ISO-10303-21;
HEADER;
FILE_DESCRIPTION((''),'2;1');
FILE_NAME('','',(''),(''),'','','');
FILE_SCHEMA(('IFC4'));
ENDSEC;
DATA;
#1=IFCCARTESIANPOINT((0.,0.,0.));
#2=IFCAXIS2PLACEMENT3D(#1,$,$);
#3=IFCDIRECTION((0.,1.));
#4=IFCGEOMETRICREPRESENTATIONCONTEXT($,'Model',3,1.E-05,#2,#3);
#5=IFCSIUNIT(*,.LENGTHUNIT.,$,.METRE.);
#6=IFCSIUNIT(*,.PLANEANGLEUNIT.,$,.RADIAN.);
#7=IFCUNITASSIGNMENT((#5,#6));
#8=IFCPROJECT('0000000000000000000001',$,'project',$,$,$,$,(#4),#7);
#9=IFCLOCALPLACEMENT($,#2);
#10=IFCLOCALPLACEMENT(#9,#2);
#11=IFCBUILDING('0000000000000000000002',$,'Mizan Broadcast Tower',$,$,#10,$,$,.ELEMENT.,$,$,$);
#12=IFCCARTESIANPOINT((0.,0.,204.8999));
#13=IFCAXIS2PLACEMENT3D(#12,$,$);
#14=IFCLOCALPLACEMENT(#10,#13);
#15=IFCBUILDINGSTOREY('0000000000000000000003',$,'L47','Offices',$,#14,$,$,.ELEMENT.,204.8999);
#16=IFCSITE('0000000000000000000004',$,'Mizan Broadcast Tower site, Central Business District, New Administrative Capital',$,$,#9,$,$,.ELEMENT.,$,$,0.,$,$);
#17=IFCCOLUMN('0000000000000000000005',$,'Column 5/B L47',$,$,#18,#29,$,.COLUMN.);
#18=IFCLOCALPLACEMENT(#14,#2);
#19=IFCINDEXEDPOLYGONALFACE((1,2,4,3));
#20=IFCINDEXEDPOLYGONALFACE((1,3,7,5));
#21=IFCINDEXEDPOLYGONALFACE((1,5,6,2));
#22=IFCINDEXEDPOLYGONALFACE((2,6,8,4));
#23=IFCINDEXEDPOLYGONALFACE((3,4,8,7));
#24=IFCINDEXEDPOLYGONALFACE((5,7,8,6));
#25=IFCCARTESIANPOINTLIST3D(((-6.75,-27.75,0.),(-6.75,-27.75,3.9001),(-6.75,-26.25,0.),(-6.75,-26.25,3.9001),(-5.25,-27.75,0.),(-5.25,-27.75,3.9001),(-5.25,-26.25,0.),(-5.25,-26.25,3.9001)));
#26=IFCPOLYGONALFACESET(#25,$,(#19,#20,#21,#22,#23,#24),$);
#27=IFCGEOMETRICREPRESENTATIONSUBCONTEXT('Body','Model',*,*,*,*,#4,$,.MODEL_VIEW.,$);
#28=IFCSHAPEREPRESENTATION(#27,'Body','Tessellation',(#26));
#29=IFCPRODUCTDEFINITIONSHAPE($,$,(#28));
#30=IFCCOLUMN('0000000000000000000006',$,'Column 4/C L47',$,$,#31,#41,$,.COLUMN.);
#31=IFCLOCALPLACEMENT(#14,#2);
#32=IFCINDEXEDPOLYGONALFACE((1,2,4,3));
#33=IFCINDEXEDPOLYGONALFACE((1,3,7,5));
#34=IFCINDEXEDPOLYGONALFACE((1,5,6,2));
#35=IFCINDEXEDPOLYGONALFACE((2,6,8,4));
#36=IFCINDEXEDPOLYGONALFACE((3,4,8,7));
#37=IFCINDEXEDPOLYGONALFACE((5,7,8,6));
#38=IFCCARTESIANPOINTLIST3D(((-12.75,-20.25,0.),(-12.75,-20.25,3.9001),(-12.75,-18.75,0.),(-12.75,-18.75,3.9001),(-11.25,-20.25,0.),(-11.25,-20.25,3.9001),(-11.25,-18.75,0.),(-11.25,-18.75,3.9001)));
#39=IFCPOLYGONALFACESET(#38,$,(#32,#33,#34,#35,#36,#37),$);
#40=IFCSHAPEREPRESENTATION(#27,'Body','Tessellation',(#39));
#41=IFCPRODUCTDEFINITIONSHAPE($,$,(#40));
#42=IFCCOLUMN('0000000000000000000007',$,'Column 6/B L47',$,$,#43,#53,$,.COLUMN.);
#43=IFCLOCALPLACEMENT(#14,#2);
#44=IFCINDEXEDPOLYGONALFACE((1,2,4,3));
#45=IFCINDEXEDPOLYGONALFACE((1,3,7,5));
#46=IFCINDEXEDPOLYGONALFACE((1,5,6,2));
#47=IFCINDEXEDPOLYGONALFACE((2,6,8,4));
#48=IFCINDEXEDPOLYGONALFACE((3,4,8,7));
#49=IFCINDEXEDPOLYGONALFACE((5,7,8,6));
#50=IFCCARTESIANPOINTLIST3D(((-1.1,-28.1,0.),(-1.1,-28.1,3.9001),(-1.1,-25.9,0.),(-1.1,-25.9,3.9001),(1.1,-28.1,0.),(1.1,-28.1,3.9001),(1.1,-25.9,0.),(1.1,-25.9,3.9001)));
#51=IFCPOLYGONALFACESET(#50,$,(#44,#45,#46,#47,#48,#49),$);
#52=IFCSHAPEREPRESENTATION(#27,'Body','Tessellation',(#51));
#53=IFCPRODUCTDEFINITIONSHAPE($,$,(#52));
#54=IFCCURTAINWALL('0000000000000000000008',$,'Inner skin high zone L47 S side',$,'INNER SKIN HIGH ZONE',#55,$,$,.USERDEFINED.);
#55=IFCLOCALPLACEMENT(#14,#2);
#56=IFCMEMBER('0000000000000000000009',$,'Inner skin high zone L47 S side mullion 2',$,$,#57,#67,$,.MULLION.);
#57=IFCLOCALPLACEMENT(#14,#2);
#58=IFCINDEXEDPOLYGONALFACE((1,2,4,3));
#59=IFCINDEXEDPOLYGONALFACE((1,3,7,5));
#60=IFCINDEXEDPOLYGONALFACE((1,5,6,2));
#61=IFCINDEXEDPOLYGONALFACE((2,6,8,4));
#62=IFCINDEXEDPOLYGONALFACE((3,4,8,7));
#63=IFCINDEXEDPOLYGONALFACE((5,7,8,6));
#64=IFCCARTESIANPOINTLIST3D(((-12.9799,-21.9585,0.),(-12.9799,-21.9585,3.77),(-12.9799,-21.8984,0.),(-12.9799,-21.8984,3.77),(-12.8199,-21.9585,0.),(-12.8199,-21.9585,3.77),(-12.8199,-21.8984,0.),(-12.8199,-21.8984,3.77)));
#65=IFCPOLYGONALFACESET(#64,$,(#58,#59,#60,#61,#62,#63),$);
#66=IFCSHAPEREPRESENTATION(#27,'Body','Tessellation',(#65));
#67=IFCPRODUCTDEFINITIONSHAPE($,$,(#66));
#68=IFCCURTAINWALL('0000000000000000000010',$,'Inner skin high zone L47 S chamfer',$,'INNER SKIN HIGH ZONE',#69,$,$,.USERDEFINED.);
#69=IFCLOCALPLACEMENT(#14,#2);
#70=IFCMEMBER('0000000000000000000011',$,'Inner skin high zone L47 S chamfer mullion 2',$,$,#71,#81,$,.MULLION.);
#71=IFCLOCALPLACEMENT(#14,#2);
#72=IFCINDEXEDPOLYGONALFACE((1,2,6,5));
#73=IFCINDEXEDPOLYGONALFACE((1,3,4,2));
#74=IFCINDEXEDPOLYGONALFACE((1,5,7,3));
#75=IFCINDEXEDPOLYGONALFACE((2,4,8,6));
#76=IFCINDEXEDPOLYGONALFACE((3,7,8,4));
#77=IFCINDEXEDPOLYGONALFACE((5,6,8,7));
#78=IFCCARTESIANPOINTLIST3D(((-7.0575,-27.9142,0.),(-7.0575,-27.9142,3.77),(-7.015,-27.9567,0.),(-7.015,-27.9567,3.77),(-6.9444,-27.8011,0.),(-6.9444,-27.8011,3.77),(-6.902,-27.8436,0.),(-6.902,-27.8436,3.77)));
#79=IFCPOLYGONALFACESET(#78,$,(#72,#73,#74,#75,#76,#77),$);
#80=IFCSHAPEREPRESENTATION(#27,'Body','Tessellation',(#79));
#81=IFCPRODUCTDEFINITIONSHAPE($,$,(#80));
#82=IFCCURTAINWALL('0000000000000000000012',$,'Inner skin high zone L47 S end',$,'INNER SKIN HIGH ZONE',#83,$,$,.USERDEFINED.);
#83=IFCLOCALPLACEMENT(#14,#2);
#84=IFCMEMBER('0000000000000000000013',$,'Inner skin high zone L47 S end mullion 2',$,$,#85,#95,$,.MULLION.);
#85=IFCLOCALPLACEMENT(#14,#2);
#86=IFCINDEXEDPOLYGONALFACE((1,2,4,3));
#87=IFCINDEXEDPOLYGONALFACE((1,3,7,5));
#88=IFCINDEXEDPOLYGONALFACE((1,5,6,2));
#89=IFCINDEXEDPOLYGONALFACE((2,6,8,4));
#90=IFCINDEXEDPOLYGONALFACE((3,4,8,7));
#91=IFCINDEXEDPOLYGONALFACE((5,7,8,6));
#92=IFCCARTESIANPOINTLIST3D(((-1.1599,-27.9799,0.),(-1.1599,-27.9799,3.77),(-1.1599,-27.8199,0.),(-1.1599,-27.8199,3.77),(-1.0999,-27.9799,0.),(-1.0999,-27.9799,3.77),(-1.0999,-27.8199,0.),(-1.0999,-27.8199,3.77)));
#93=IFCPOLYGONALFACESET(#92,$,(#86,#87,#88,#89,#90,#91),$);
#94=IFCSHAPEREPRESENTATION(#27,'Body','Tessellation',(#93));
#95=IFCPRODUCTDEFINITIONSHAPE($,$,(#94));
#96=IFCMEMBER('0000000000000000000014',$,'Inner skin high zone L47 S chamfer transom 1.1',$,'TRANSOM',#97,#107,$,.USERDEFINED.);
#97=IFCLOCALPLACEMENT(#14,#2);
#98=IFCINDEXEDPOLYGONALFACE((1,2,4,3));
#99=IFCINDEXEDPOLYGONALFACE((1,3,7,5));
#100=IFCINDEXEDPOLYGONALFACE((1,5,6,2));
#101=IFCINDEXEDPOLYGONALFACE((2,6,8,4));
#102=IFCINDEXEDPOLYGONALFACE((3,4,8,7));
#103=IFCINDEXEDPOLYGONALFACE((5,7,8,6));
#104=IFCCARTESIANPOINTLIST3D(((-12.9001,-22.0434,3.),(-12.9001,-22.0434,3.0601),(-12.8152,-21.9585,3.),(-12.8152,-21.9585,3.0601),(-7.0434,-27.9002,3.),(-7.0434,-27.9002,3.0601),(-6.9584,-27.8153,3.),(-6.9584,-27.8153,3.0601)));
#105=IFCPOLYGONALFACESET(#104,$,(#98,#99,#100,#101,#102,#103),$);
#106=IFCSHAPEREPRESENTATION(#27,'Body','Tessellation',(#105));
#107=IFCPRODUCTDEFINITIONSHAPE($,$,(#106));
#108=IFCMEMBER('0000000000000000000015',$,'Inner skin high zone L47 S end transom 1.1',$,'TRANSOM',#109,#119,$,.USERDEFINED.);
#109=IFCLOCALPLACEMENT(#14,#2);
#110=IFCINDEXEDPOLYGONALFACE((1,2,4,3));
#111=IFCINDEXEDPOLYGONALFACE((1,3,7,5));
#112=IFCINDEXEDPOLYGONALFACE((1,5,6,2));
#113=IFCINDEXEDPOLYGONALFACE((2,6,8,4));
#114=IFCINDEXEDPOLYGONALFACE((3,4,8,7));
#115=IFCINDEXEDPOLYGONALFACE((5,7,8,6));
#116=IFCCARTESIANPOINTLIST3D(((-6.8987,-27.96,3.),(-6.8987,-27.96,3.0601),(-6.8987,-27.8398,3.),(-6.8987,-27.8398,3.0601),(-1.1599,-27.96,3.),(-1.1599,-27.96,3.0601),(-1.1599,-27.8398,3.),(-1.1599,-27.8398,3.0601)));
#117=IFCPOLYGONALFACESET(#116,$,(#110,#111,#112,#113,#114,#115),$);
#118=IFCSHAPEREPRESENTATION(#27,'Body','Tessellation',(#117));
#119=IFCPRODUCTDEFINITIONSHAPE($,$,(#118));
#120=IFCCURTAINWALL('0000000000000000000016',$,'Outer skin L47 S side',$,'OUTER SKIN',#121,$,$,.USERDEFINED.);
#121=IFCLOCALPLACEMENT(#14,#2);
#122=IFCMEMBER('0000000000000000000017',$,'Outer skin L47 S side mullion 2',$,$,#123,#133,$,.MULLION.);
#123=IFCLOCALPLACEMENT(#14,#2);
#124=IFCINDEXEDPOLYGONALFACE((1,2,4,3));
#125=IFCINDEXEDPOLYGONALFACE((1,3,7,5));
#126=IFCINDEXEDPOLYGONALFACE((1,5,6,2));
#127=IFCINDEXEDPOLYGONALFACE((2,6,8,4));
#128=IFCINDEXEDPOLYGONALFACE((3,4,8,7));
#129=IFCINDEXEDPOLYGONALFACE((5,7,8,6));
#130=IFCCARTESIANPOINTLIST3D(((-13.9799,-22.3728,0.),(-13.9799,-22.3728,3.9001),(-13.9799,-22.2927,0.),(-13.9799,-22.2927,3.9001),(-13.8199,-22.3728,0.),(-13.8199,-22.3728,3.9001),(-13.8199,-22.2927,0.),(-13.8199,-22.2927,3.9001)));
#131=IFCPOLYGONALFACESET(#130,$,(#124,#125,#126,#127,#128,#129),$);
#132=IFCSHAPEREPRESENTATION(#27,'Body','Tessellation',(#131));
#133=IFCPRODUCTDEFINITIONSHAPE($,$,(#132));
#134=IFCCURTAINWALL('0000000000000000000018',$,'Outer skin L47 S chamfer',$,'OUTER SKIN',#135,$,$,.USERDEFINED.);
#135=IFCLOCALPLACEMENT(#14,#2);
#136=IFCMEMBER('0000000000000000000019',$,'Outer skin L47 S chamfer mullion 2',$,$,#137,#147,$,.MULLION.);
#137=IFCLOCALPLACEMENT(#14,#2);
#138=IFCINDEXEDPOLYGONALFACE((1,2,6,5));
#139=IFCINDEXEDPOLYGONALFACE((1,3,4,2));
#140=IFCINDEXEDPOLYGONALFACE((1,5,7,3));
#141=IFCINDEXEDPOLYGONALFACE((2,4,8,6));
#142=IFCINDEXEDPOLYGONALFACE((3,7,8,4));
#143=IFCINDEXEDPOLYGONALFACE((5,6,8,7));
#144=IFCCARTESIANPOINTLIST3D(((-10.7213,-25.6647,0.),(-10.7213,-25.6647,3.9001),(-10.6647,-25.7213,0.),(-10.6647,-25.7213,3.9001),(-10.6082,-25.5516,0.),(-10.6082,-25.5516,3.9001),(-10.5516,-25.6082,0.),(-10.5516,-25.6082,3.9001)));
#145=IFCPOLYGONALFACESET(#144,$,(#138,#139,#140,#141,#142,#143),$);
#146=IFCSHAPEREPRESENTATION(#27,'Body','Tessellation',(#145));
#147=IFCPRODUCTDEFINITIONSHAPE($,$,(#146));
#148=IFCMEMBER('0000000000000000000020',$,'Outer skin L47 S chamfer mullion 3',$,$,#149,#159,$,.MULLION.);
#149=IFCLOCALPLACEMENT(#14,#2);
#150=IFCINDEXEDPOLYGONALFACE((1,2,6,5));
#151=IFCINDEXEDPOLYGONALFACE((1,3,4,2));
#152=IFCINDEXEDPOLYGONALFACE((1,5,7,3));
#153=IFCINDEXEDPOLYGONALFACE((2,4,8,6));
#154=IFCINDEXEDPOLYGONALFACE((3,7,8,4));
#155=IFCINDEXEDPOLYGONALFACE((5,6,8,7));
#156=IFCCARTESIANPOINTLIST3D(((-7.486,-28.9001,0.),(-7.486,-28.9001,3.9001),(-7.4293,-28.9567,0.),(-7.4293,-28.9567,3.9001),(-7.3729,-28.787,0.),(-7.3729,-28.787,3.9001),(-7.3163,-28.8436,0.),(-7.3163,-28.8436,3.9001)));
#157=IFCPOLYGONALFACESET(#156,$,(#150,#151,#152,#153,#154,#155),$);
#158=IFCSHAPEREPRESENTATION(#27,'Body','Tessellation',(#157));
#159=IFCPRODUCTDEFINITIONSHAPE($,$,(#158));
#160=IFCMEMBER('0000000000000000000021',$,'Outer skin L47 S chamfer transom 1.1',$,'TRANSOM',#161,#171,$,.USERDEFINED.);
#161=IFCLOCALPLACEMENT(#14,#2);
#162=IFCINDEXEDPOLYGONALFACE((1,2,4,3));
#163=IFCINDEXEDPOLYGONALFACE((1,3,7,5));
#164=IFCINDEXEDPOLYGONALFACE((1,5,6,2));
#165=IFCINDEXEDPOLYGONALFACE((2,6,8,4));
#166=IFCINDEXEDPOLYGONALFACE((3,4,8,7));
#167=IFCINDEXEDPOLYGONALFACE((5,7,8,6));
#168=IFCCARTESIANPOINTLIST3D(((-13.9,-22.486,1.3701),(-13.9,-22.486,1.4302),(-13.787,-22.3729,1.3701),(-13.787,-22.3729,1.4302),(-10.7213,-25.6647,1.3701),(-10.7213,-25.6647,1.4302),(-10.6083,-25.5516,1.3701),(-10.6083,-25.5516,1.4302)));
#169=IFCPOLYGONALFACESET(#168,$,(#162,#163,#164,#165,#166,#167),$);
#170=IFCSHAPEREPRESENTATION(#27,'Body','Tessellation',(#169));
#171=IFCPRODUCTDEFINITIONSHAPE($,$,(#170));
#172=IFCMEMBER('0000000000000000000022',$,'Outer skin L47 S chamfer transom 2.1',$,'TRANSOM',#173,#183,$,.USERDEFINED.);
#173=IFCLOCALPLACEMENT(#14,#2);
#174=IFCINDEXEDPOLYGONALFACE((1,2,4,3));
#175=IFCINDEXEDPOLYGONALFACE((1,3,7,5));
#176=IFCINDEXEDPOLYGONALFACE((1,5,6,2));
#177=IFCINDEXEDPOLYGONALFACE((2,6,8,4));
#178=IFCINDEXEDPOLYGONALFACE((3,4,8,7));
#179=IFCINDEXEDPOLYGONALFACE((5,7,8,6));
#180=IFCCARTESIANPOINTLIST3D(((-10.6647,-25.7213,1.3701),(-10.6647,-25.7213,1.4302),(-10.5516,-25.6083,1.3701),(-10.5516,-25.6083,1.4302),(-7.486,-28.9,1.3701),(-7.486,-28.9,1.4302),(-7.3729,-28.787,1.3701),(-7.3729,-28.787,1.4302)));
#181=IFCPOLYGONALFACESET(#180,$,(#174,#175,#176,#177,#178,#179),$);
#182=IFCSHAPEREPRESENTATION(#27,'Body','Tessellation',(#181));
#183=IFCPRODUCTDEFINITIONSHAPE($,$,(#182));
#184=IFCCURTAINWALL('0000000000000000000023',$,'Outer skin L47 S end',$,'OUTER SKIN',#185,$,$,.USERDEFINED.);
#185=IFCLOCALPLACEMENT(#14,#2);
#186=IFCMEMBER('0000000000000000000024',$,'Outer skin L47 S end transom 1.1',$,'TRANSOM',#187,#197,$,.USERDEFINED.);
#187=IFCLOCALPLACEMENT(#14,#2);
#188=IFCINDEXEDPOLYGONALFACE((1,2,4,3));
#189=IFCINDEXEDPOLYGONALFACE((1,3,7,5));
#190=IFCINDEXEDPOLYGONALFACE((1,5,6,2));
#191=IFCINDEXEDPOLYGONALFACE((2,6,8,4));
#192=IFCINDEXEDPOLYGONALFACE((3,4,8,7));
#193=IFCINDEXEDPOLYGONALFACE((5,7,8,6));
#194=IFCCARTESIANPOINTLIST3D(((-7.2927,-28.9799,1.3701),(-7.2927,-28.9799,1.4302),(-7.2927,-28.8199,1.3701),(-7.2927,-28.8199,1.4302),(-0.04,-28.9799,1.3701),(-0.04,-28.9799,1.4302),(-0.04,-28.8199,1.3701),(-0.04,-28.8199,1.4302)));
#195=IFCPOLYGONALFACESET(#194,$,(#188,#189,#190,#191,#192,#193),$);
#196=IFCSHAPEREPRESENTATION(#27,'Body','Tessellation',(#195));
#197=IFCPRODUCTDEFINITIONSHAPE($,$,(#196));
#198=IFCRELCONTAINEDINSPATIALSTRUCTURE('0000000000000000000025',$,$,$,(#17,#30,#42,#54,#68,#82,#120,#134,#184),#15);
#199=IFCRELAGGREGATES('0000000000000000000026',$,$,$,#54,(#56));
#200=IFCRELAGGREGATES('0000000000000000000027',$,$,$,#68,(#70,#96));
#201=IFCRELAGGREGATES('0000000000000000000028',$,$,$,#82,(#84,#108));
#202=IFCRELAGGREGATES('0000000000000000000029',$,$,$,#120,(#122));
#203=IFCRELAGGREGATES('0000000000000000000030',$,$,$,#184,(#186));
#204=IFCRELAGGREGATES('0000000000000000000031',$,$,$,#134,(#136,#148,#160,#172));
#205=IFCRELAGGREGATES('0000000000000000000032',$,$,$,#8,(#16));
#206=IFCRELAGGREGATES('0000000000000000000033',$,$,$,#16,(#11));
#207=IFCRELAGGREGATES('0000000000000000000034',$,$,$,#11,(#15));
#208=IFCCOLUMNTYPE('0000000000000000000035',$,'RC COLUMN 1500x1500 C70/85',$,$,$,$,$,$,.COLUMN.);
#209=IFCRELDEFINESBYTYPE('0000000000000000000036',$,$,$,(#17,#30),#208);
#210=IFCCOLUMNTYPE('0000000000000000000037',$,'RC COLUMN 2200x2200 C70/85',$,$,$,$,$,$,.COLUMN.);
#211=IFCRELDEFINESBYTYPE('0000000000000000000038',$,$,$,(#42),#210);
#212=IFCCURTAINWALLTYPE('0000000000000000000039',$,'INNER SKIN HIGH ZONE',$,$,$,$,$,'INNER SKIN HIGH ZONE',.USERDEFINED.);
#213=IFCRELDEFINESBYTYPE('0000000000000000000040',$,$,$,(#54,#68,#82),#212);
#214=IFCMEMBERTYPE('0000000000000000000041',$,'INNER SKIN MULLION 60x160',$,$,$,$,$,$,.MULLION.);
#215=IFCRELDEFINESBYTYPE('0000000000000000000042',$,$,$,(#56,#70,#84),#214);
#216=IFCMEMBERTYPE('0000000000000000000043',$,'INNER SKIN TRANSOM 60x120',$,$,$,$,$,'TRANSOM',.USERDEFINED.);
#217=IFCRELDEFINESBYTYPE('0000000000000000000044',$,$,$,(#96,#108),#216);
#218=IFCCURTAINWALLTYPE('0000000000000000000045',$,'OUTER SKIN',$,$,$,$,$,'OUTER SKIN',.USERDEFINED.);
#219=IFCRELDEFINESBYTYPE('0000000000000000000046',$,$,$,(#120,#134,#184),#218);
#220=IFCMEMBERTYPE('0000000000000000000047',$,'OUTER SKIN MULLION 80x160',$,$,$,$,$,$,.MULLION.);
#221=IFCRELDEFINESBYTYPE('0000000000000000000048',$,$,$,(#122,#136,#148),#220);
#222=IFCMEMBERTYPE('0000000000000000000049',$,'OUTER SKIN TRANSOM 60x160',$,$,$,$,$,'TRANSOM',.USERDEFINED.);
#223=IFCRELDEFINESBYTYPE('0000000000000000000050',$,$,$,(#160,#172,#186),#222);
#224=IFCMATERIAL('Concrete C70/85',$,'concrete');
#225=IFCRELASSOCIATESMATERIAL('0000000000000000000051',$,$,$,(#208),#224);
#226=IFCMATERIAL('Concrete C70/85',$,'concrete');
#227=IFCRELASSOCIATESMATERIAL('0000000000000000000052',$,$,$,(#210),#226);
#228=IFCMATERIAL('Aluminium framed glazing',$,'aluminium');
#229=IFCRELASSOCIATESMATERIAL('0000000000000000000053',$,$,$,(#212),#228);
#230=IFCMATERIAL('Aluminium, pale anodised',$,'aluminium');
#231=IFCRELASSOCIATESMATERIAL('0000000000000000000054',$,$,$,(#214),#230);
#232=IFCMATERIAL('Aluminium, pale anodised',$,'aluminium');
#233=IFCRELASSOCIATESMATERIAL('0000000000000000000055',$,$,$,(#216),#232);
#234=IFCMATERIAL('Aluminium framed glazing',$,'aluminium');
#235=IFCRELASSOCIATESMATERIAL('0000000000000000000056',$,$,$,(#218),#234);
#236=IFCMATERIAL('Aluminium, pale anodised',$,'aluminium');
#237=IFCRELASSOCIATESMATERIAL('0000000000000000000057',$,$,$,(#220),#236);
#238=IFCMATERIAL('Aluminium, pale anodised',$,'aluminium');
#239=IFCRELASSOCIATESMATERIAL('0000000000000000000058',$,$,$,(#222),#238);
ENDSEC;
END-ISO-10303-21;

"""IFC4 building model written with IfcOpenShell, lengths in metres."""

from ifc_helpers import new_model, si_unit, direction, frame, origin, origin_2d, place, context, subcontext, project, spatial, rectangle, extrude, material, material_profile, profile_set, type_object, element, aggregate, save


model = new_model("IFC4")

# Units and contexts
model_context = context("Model", 3, precision=1e-05, world=origin(), true_north=direction((0.0, 1.0)))
body_context = subcontext(model_context, "Body", "Model", "MODEL_VIEW")
ifc_project = project(units=[si_unit("LENGTHUNIT", "METRE"), si_unit("PLANEANGLEUNIT", "RADIAN")], contexts=[model_context])

# Site, building, storey
site_placement = place(None, origin())
site = spatial("IfcSite", under=ifc_project, at=site_placement, Name="Mizan Broadcast Tower site, Central Business District, New Administrative Capital", CompositionType="ELEMENT", RefElevation=0.0)
building_placement = place(site_placement, origin())
building = spatial("IfcBuilding", under=site, at=building_placement, Name="Mizan Broadcast Tower", CompositionType="ELEMENT")
storey_placement = place(building_placement, frame((0.0, 0.0, 204.8999)))
storey = spatial("IfcBuildingStorey", under=building, at=storey_placement, Name="L47", Description="Offices", CompositionType="ELEMENT", Elevation=204.8999)

# Columns
ifc_material_1 = material(Name="Concrete C70/85", Category="concrete")
ifc_material_profile_1 = material_profile(ifc_material_1, rectangle(XDim=1.5, YDim=1.5, at=origin_2d()), Name="RC 1500x1500")
ifc_profile_set_1 = profile_set([ifc_material_profile_1], Name="Concrete C70/85")
column_type_1 = type_object("IfcColumnType", Name="RC COLUMN 1500x1500 C70/85", PredefinedType="COLUMN", material=ifc_profile_set_1)
for number, where, z_axis, x_axis, name in (
    (1, (-6.0, -27.0, 0.0), (0.0, 0.0, 1.0), (1.0, 0.0, 0.0), "Column 5/B L47"),
    (2, (-12.0, -19.5, 0.0), (0.0, 0.0, 1.0), (1.0, 0.0, 0.0), "Column 4/C L47"),
):
    element("IfcColumn", number, at=place(storey_placement, frame(where, z_axis=z_axis, x_axis=x_axis)), inside=storey, type_object=column_type_1, Name=name, PredefinedType="COLUMN", context=body_context, shape_type="SweptSolid", body=[
        extrude(rectangle(XDim=1.5, YDim=1.5, at=origin_2d()), origin(), (0.0, 0.0, 1.0), 3.9001),
    ])
ifc_material_2 = material(Name="Concrete C70/85", Category="concrete")
ifc_material_profile_2 = material_profile(ifc_material_2, rectangle(XDim=2.2, YDim=2.2, at=origin_2d()), Name="RC 2200x2200")
ifc_profile_set_2 = profile_set([ifc_material_profile_2], Name="Concrete C70/85")
column_type_2 = type_object("IfcColumnType", Name="RC COLUMN 2200x2200 C70/85", PredefinedType="COLUMN", material=ifc_profile_set_2)
column_placement = place(storey_placement, frame((0.0, -27.0, 0.0), z_axis=(0.0, 0.0, 1.0), x_axis=(1.0, 0.0, 0.0)))
element("IfcColumn", 3, at=column_placement, inside=storey, type_object=column_type_2, Name="Column 6/B L47", PredefinedType="COLUMN", context=body_context, shape_type="SweptSolid", body=[
    extrude(rectangle(XDim=2.2, YDim=2.2, at=origin_2d()), origin(), (0.0, 0.0, 1.0), 3.9001),
])

# Curtain walls, members
ifc_material_3 = material(Name="Aluminium framed glazing", Category="aluminium")
curtain_wall_type_1 = type_object("IfcCurtainWallType", Name="INNER SKIN HIGH ZONE", ElementType="INNER SKIN HIGH ZONE", PredefinedType="USERDEFINED", material=ifc_material_3)
curtain_wall_1_placement = place(storey_placement, origin())
curtain_wall_1 = element("IfcCurtainWall", 4, at=curtain_wall_1_placement, inside=storey, type_object=curtain_wall_type_1, Name="Inner skin high zone L47 S side", ObjectType="INNER SKIN HIGH ZONE", PredefinedType="USERDEFINED")
ifc_material_4 = material(Name="Aluminium, pale anodised", Category="aluminium")
ifc_material_profile_3 = material_profile(ifc_material_4, rectangle(XDim=0.1599, YDim=0.0601, at=origin_2d()), Name="MULLION 160x60")
ifc_profile_set_3 = profile_set([ifc_material_profile_3], Name="Aluminium, pale anodised")
member_type_1 = type_object("IfcMemberType", Name="INNER SKIN MULLION 60x160", PredefinedType="MULLION", material=ifc_profile_set_3)
member_1_placement = place(storey_placement, frame((-12.8999, -21.9285, 0.0), z_axis=(0.0, 0.0, 1.0), x_axis=(1.0, 0.0, 0.0)))
member_1 = element("IfcMember", 5, at=member_1_placement, type_object=member_type_1, Name="Inner skin high zone L47 S side mullion 2", PredefinedType="MULLION", context=body_context, shape_type="SweptSolid", body=[
    extrude(rectangle(XDim=0.1599, YDim=0.0601, at=origin_2d()), origin(), (0.0, 0.0, 1.0), 3.77),
])
curtain_wall_2_placement = place(storey_placement, origin())
curtain_wall_2 = element("IfcCurtainWall", 6, at=curtain_wall_2_placement, inside=storey, type_object=curtain_wall_type_1, Name="Inner skin high zone L47 S chamfer", ObjectType="INNER SKIN HIGH ZONE", PredefinedType="USERDEFINED")
member_2_placement = place(storey_placement, frame((-6.9797, -27.8789, 0.0), z_axis=(0.0, 0.0, 1.0), x_axis=(0.707107, 0.707107, 0.0)))
member_2 = element("IfcMember", 7, at=member_2_placement, type_object=member_type_1, Name="Inner skin high zone L47 S chamfer mullion 2", PredefinedType="MULLION", context=body_context, shape_type="SweptSolid", body=[
    extrude(rectangle(XDim=0.1599, YDim=0.0601, at=origin_2d()), origin(), (0.0, 0.0, 1.0), 3.77),
])
curtain_wall_3_placement = place(storey_placement, origin())
curtain_wall_3 = element("IfcCurtainWall", 8, at=curtain_wall_3_placement, inside=storey, type_object=curtain_wall_type_1, Name="Inner skin high zone L47 S end", ObjectType="INNER SKIN HIGH ZONE", PredefinedType="USERDEFINED")
member_3_placement = place(storey_placement, frame((-1.1299, -27.8999, 0.0), z_axis=(0.0, 0.0, 1.0), x_axis=(0.0, 1.0, 0.0)))
member_3 = element("IfcMember", 9, at=member_3_placement, type_object=member_type_1, Name="Inner skin high zone L47 S end mullion 2", PredefinedType="MULLION", context=body_context, shape_type="SweptSolid", body=[
    extrude(rectangle(XDim=0.1599, YDim=0.0601, at=origin_2d()), origin(), (0.0, 0.0, 1.0), 3.77),
])

# Members
ifc_material_5 = material(Name="Aluminium, pale anodised", Category="aluminium")
ifc_material_profile_4 = material_profile(ifc_material_5, rectangle(XDim=0.1201, YDim=0.0601, at=origin_2d()), Name="TRANSOM 120x60")
ifc_profile_set_4 = profile_set([ifc_material_profile_4], Name="Aluminium, pale anodised")
member_type_2 = type_object("IfcMemberType", Name="INNER SKIN TRANSOM 60x120", ElementType="TRANSOM", PredefinedType="USERDEFINED", material=ifc_profile_set_4)
member_4_placement = place(storey_placement, frame((-12.8577, -22.001, 3.03), z_axis=(0.707107, -0.707107, 0.0), x_axis=(0.707107, 0.707107, 0.0)))
member_4 = element("IfcMember", 10, at=member_4_placement, type_object=member_type_2, Name="Inner skin high zone L47 S chamfer transom 1.1", ObjectType="TRANSOM", PredefinedType="USERDEFINED", context=body_context, shape_type="SweptSolid", body=[
    extrude(rectangle(XDim=0.1201, YDim=0.0601, at=origin_2d()), origin(), (0.0, 0.0, 1.0), 8.2827),
])
member_5_placement = place(storey_placement, frame((-6.8987, -27.8999, 3.03), z_axis=(1.0, 0.0, 0.0), x_axis=(0.0, 1.0, 0.0)))
member_5 = element("IfcMember", 11, at=member_5_placement, type_object=member_type_2, Name="Inner skin high zone L47 S end transom 1.1", ObjectType="TRANSOM", PredefinedType="USERDEFINED", context=body_context, shape_type="SweptSolid", body=[
    extrude(rectangle(XDim=0.1201, YDim=0.0601, at=origin_2d()), origin(), (0.0, 0.0, 1.0), 5.7388),
])

# Curtain wall, member
ifc_material_6 = material(Name="Aluminium framed glazing", Category="aluminium")
curtain_wall_type_2 = type_object("IfcCurtainWallType", Name="OUTER SKIN", ElementType="OUTER SKIN", PredefinedType="USERDEFINED", material=ifc_material_6)
curtain_wall_4_placement = place(storey_placement, origin())
curtain_wall_4 = element("IfcCurtainWall", 12, at=curtain_wall_4_placement, inside=storey, type_object=curtain_wall_type_2, Name="Outer skin L47 S side", ObjectType="OUTER SKIN", PredefinedType="USERDEFINED")
ifc_material_7 = material(Name="Aluminium, pale anodised", Category="aluminium")
ifc_material_profile_5 = material_profile(ifc_material_7, rectangle(XDim=0.1599, YDim=0.0801, at=origin_2d()), Name="MULLION 160x80")
ifc_profile_set_5 = profile_set([ifc_material_profile_5], Name="Aluminium, pale anodised")
member_type_3 = type_object("IfcMemberType", Name="OUTER SKIN MULLION 80x160", PredefinedType="MULLION", material=ifc_profile_set_5)
member_6_placement = place(storey_placement, frame((-13.8999, -22.3328, 0.0), z_axis=(0.0, 0.0, 1.0), x_axis=(1.0, 0.0, 0.0)))
member_6 = element("IfcMember", 13, at=member_6_placement, type_object=member_type_3, Name="Outer skin L47 S side mullion 2", PredefinedType="MULLION", context=body_context, shape_type="SweptSolid", body=[
    extrude(rectangle(XDim=0.1599, YDim=0.0801, at=origin_2d()), origin(), (0.0, 0.0, 1.0), 3.9001),
])

# Curtain wall, members
curtain_wall_5_placement = place(storey_placement, origin())
curtain_wall_5 = element("IfcCurtainWall", 14, at=curtain_wall_5_placement, inside=storey, type_object=curtain_wall_type_2, Name="Outer skin L47 S chamfer", ObjectType="OUTER SKIN", PredefinedType="USERDEFINED")
member_7_placement = place(storey_placement, frame((-10.6365, -25.6365, 0.0), z_axis=(0.0, 0.0, 1.0), x_axis=(0.707107, 0.707107, 0.0)))
member_7 = element("IfcMember", 15, at=member_7_placement, type_object=member_type_3, Name="Outer skin L47 S chamfer mullion 2", PredefinedType="MULLION", context=body_context, shape_type="SweptSolid", body=[
    extrude(rectangle(XDim=0.1599, YDim=0.0801, at=origin_2d()), origin(), (0.0, 0.0, 1.0), 3.9001),
])
member_8_placement = place(storey_placement, frame((-7.4011, -28.8718, 0.0), z_axis=(0.0, 0.0, 1.0), x_axis=(0.707107, 0.707107, 0.0)))
member_8 = element("IfcMember", 16, at=member_8_placement, type_object=member_type_3, Name="Outer skin L47 S chamfer mullion 3", PredefinedType="MULLION", context=body_context, shape_type="SweptSolid", body=[
    extrude(rectangle(XDim=0.1599, YDim=0.0801, at=origin_2d()), origin(), (0.0, 0.0, 1.0), 3.9001),
])
ifc_material_8 = material(Name="Aluminium, pale anodised", Category="aluminium")
ifc_material_profile_6 = material_profile(ifc_material_8, rectangle(XDim=0.1599, YDim=0.0601, at=origin_2d()), Name="TRANSOM 160x60")
ifc_profile_set_6 = profile_set([ifc_material_profile_6], Name="Aluminium, pale anodised")
member_type_4 = type_object("IfcMemberType", Name="OUTER SKIN TRANSOM 60x160", ElementType="TRANSOM", PredefinedType="USERDEFINED", material=ifc_profile_set_6)
member_9_placement = place(storey_placement, frame((-13.8435, -22.4294, 1.4001), z_axis=(0.707107, -0.707107, 0.0), x_axis=(0.707107, 0.707107, 0.0)))
member_9 = element("IfcMember", 17, at=member_9_placement, type_object=member_type_4, Name="Outer skin L47 S chamfer transom 1.1", ObjectType="TRANSOM", PredefinedType="USERDEFINED", context=body_context, shape_type="SweptSolid", body=[
    extrude(rectangle(XDim=0.1599, YDim=0.0601, at=origin_2d()), origin(), (0.0, 0.0, 1.0), 4.4954),
])
member_10_placement = place(storey_placement, frame((-10.6082, -25.6648, 1.4001), z_axis=(0.707107, -0.707107, 0.0), x_axis=(0.707107, 0.707107, 0.0)))
member_10 = element("IfcMember", 18, at=member_10_placement, type_object=member_type_4, Name="Outer skin L47 S chamfer transom 2.1", ObjectType="TRANSOM", PredefinedType="USERDEFINED", context=body_context, shape_type="SweptSolid", body=[
    extrude(rectangle(XDim=0.1599, YDim=0.0601, at=origin_2d()), origin(), (0.0, 0.0, 1.0), 4.4954),
])

# Curtain wall, member
curtain_wall_6_placement = place(storey_placement, origin())
curtain_wall_6 = element("IfcCurtainWall", 19, at=curtain_wall_6_placement, inside=storey, type_object=curtain_wall_type_2, Name="Outer skin L47 S end", ObjectType="OUTER SKIN", PredefinedType="USERDEFINED")
member_11_placement = place(storey_placement, frame((-7.2927, -28.8999, 1.4001), z_axis=(1.0, 0.0, 0.0), x_axis=(0.0, 1.0, 0.0)))
member_11 = element("IfcMember", 20, at=member_11_placement, type_object=member_type_4, Name="Outer skin L47 S end transom 1.1", ObjectType="TRANSOM", PredefinedType="USERDEFINED", context=body_context, shape_type="SweptSolid", body=[
    extrude(rectangle(XDim=0.1599, YDim=0.0601, at=origin_2d()), origin(), (0.0, 0.0, 1.0), 7.2527),
])

aggregate(curtain_wall_1, [member_1])
aggregate(curtain_wall_2, [member_2, member_4])
aggregate(curtain_wall_3, [member_3, member_5])
aggregate(curtain_wall_4, [member_6])
aggregate(curtain_wall_6, [member_11])
aggregate(curtain_wall_5, [member_7, member_8, member_9, member_10])

save(model, "model.ifc")
